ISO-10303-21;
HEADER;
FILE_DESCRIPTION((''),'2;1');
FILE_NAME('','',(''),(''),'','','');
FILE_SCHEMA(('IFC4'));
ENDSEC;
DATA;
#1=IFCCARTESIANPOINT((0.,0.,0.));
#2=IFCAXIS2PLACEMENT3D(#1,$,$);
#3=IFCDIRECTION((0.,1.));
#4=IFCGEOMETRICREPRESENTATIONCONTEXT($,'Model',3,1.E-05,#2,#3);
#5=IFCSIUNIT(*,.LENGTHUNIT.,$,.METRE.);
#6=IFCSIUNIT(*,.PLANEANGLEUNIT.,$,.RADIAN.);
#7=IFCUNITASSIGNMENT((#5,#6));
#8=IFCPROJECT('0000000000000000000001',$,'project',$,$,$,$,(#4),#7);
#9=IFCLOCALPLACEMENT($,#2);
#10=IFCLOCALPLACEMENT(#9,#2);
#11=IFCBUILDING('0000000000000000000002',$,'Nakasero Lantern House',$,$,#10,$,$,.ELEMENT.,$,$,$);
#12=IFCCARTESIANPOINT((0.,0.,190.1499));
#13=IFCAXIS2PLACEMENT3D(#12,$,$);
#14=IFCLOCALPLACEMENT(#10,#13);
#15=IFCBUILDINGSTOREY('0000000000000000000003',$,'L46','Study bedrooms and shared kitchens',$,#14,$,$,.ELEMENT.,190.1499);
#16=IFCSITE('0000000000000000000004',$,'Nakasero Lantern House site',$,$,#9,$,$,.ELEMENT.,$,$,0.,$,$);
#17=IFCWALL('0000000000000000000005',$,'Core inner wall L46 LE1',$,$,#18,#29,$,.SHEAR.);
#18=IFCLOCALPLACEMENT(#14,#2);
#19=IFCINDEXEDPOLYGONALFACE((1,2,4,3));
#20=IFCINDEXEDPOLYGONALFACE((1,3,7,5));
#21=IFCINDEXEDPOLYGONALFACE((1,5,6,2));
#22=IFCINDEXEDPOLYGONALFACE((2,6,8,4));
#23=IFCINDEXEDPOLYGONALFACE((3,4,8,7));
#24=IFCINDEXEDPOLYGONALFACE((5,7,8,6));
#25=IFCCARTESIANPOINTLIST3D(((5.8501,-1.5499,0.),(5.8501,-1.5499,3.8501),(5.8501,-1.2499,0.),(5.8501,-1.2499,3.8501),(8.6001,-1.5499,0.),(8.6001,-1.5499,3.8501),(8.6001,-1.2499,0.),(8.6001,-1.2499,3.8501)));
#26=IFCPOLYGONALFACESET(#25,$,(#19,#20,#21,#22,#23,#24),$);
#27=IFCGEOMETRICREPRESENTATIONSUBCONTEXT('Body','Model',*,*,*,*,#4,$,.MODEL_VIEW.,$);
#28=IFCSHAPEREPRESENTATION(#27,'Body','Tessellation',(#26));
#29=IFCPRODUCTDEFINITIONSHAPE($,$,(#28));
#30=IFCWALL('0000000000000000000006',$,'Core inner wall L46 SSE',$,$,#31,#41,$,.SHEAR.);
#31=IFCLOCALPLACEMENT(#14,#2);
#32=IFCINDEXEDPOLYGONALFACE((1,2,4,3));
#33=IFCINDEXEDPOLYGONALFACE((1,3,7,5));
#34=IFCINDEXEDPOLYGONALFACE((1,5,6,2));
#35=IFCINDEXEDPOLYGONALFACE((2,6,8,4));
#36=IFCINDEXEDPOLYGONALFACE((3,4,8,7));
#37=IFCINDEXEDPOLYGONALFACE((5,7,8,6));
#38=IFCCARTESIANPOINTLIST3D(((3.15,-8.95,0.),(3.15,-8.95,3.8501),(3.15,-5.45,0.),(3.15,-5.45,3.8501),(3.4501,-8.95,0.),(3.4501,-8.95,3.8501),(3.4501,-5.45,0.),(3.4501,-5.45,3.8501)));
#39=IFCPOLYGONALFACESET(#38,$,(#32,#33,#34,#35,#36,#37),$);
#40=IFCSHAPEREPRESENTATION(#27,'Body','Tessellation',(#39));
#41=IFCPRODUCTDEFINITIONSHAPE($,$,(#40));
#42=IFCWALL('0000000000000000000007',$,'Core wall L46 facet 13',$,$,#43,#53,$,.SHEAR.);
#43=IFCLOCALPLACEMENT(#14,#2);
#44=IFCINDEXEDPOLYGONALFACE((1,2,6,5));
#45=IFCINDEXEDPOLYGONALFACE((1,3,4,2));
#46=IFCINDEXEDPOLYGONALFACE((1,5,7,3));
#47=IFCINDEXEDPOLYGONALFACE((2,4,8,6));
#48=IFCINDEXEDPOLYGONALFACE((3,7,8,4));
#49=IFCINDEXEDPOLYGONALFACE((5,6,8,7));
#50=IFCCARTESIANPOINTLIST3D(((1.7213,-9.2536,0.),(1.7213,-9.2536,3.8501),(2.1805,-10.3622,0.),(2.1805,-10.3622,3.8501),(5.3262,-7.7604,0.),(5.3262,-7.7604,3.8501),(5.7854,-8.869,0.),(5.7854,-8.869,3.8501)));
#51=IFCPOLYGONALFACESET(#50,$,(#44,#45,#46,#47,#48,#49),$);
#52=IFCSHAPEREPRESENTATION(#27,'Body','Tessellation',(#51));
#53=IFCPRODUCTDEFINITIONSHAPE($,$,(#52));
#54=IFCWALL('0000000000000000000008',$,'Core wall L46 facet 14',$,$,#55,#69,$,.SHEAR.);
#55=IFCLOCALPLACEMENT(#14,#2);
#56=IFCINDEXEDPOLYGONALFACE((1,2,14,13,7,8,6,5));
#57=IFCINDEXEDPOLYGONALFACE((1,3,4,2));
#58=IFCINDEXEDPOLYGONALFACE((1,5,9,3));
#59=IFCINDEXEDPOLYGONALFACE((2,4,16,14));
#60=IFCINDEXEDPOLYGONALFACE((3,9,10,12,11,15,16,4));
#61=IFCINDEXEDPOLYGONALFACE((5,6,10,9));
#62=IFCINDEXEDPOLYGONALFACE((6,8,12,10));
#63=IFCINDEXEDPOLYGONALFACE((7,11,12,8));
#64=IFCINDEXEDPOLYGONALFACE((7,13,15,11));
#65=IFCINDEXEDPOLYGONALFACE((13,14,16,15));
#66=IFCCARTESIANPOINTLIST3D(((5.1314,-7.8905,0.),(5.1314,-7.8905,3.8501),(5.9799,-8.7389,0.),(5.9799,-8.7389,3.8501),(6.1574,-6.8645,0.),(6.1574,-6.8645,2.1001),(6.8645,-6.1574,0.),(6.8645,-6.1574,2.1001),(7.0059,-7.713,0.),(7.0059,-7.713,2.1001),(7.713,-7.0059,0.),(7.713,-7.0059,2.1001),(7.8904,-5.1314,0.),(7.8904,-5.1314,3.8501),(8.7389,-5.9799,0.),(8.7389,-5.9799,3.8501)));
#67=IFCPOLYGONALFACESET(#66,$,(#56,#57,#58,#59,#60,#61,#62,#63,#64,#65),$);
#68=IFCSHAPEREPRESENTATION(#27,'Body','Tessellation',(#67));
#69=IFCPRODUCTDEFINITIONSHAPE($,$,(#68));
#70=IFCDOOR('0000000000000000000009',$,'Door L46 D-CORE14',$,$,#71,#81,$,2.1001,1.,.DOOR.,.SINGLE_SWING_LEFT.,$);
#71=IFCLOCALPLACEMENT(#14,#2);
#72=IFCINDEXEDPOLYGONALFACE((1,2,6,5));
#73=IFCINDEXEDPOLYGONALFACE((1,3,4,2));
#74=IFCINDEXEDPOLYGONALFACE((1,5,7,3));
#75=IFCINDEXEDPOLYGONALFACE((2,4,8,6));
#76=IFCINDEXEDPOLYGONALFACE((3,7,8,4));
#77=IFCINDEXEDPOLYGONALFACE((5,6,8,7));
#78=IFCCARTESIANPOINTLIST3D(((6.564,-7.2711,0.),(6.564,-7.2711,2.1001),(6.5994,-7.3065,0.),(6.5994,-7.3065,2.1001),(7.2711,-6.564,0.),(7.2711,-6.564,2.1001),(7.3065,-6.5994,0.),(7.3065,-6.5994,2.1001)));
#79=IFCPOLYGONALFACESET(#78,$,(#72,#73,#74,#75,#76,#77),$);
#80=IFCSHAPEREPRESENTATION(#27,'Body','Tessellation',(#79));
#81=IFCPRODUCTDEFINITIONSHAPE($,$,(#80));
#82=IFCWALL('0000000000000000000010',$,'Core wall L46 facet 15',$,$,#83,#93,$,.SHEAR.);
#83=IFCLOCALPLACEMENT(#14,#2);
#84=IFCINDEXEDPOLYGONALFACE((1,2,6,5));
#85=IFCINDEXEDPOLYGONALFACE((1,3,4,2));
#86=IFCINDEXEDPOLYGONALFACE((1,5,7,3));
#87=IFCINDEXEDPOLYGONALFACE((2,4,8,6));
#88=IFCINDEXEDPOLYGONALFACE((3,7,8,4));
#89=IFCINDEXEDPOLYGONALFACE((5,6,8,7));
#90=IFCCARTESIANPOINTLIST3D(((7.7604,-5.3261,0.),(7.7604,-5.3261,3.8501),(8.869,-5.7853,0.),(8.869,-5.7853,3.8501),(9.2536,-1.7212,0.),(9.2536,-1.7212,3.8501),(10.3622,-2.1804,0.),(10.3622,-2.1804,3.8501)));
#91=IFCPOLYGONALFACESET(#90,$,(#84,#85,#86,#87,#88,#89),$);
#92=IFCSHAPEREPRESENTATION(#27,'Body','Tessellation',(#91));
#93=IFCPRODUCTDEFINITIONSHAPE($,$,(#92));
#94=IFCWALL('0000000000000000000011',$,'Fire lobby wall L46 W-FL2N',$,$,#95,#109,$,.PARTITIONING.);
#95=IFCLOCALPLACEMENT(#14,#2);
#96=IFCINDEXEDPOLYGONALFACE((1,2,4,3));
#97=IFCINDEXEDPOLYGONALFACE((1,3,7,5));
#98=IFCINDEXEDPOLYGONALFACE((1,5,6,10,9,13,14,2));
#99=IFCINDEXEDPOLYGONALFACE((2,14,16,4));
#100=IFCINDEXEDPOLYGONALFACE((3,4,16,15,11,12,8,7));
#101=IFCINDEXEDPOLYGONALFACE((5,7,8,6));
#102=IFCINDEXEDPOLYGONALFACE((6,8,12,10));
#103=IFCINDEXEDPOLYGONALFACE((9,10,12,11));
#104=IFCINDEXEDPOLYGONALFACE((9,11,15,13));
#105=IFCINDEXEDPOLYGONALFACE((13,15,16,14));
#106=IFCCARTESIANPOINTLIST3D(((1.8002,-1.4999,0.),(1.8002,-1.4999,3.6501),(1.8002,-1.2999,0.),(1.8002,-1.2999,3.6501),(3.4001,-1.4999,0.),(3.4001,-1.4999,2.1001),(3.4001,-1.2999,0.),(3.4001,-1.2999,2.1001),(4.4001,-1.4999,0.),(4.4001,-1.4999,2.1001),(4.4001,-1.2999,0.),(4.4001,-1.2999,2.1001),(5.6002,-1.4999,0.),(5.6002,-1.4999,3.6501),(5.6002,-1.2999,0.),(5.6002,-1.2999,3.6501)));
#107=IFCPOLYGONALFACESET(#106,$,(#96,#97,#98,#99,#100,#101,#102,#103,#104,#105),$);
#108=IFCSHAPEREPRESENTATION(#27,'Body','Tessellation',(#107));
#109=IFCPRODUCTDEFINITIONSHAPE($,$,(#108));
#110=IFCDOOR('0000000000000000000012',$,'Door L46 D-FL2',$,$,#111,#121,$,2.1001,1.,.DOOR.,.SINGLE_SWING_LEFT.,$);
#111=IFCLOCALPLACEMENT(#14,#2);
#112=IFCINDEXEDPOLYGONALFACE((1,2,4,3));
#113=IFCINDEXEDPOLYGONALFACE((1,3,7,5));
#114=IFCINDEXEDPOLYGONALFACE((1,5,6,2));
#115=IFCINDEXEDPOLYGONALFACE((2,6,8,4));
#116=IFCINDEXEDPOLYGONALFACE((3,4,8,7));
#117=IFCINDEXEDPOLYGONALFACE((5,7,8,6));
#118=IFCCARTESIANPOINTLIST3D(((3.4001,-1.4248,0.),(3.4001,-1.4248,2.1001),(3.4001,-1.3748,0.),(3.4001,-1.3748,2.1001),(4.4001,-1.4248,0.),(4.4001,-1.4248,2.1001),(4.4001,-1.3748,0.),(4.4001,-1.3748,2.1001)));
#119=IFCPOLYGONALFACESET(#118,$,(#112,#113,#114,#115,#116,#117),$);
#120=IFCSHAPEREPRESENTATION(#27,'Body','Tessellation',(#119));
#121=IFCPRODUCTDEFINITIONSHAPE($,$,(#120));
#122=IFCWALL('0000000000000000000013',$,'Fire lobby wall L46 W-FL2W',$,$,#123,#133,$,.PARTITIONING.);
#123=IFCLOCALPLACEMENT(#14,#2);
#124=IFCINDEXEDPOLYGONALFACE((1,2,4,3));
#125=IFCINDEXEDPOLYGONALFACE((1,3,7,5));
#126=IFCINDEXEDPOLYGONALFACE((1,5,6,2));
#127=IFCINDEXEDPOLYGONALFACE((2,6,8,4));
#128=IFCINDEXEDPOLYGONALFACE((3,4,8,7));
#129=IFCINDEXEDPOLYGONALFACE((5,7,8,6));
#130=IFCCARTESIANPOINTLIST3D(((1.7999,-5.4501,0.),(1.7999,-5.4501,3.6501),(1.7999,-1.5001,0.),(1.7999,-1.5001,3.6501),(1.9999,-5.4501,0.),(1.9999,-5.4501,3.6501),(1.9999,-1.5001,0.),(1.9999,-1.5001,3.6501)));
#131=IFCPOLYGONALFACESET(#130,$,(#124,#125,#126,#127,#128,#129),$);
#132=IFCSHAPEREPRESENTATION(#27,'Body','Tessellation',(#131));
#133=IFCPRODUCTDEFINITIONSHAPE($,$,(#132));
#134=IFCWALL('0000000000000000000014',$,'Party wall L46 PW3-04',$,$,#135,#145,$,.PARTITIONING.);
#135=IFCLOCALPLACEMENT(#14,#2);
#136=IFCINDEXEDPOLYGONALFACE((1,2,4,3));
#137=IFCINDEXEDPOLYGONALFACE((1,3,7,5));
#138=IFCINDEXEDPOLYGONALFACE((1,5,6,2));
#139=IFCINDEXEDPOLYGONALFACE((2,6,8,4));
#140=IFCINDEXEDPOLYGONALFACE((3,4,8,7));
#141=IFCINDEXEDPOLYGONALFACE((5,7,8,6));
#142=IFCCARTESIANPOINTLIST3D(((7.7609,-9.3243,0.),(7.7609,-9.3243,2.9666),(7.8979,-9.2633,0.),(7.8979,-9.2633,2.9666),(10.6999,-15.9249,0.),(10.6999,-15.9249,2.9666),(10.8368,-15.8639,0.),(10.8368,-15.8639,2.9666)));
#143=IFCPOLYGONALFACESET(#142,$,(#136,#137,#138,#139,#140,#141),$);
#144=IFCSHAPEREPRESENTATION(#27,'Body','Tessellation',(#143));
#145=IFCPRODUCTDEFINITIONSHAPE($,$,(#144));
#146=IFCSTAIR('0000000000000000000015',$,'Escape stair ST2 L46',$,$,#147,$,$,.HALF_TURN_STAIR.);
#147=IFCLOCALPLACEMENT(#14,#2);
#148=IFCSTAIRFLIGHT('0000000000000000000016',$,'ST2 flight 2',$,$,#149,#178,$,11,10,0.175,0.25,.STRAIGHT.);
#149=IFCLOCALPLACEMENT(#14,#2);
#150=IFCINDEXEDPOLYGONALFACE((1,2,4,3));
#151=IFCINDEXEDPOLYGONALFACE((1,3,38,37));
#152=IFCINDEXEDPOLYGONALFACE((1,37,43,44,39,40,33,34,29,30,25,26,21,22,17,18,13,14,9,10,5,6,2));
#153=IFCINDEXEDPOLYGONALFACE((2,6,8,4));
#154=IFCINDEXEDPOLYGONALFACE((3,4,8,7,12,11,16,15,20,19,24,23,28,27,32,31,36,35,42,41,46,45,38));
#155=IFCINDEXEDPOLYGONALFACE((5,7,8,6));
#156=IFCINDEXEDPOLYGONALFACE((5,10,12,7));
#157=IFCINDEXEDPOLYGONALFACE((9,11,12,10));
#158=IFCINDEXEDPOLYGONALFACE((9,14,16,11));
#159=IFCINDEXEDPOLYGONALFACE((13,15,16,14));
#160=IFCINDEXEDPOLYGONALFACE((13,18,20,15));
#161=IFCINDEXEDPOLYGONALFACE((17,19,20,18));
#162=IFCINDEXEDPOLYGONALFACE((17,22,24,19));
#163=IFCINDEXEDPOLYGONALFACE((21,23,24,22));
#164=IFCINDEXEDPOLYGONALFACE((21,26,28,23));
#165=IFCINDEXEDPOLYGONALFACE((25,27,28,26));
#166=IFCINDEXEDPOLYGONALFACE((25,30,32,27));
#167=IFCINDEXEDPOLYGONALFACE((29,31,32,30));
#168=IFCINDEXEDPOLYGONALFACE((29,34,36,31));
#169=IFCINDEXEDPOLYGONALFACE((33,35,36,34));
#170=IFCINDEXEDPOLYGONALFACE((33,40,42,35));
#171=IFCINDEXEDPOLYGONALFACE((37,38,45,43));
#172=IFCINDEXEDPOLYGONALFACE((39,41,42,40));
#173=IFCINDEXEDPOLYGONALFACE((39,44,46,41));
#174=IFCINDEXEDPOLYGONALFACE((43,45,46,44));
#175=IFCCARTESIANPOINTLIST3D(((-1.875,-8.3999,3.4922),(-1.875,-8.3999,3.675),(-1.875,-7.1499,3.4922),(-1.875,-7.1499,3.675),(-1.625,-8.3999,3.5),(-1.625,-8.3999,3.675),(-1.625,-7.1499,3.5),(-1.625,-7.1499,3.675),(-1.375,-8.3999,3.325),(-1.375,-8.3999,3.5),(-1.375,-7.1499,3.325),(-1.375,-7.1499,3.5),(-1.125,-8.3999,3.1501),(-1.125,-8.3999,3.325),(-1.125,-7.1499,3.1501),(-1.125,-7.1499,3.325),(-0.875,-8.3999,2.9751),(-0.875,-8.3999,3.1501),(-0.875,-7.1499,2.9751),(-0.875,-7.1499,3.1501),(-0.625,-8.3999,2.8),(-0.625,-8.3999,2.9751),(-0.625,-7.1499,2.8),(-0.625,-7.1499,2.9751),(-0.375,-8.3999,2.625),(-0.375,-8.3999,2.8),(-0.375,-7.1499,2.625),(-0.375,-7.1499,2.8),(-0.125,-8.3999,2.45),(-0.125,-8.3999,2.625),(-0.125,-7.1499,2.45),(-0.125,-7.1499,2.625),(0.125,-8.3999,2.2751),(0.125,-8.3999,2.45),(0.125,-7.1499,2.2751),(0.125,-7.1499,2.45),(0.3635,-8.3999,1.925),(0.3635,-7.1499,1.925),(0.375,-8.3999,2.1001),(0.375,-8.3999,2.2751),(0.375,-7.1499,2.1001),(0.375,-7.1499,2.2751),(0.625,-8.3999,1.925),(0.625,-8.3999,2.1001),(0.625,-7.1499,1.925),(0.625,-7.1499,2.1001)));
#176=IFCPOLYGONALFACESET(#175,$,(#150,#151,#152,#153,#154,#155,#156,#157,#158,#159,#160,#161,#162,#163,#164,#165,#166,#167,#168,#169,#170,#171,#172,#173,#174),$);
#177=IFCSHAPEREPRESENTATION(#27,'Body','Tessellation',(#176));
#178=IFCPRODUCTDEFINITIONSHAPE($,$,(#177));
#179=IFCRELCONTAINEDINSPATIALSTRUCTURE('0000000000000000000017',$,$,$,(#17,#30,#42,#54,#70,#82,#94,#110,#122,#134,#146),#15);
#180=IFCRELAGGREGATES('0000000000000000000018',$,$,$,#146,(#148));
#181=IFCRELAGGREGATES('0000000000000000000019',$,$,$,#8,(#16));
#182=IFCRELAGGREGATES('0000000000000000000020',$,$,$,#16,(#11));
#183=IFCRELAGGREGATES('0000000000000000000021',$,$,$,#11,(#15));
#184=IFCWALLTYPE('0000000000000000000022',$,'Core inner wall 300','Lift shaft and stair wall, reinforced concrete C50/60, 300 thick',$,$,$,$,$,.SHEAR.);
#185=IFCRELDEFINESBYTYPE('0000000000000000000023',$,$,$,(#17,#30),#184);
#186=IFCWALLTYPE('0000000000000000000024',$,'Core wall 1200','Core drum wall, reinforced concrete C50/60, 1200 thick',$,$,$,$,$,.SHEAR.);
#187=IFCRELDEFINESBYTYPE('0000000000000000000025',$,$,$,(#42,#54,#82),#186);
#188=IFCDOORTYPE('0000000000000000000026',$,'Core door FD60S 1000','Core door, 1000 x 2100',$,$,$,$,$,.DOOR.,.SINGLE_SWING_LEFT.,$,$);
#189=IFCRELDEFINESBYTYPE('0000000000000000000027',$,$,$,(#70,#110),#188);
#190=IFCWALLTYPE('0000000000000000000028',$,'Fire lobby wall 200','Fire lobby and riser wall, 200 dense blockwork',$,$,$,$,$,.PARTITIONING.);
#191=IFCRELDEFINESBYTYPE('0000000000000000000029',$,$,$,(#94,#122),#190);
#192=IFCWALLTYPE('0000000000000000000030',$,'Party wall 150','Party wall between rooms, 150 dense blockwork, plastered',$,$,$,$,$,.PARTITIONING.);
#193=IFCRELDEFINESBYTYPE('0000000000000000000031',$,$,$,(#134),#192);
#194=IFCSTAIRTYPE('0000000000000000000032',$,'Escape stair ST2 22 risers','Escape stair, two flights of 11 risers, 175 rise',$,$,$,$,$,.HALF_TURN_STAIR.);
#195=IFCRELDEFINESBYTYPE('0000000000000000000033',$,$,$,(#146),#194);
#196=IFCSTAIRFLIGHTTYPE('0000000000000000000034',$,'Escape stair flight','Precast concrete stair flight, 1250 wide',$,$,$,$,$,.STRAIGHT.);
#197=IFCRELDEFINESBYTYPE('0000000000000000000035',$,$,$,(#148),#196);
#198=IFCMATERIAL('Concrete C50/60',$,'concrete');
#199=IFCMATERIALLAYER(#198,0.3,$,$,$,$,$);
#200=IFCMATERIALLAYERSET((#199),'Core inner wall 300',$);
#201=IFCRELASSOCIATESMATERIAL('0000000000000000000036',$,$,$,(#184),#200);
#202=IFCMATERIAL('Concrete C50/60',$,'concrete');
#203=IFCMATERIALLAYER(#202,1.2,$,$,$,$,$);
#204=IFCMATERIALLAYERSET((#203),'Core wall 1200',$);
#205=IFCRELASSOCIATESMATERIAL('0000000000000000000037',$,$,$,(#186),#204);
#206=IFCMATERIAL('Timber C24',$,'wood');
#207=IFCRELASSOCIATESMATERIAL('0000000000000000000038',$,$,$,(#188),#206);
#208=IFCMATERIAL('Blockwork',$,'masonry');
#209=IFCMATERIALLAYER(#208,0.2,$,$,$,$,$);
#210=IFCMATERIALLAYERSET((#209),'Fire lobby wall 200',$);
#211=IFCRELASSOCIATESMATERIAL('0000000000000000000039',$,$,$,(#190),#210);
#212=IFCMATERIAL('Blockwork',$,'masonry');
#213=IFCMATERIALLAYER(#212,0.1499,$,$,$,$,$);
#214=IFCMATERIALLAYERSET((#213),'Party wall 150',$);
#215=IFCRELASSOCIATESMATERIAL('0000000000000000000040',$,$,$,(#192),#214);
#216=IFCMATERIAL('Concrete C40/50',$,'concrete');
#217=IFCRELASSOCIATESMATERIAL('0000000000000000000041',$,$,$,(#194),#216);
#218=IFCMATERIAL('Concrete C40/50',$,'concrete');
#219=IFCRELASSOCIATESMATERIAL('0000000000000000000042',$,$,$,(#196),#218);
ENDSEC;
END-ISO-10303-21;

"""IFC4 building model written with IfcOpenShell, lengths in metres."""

from ifc_helpers import new_model, si_unit, direction, frame, frame_2d, origin, place, context, subcontext, project, spatial, polyline, rectangle, outline, extrude, material, layer, layer_set, type_object, element, fill, aggregate, save


model = new_model("IFC4")

# Units and contexts
model_context = context("Model", 3, precision=1e-05, world=origin(), true_north=direction((0.0, 1.0)))
body_context = subcontext(model_context, "Body", "Model", "MODEL_VIEW")
ifc_project = project(units=[si_unit("LENGTHUNIT", "METRE"), si_unit("PLANEANGLEUNIT", "RADIAN")], contexts=[model_context])

# Site, building, storey
site_placement = place(None, origin())
site = spatial("IfcSite", under=ifc_project, at=site_placement, Name="Nakasero Lantern House site", CompositionType="ELEMENT", RefElevation=0.0)
building_placement = place(site_placement, origin())
building = spatial("IfcBuilding", under=site, at=building_placement, Name="Nakasero Lantern House", CompositionType="ELEMENT")
storey_placement = place(building_placement, frame((0.0, 0.0, 190.1499)))
storey = spatial("IfcBuildingStorey", under=building, at=storey_placement, Name="L46", Description="Study bedrooms and shared kitchens", CompositionType="ELEMENT", Elevation=190.1499)

# Shared definitions
ifc_material_1 = material(Name="Concrete C50/60", Category="concrete")
ifc_layer_1 = layer(ifc_material_1, 0.3)
ifc_layer_set_1 = layer_set([ifc_layer_1], Name="Core inner wall 300")
wall_type_1 = type_object("IfcWallType", Name="Core inner wall 300", Description="Lift shaft and stair wall, reinforced concrete C50/60, 300 thick", PredefinedType="SHEAR", material=ifc_layer_set_1)

# Walls
wall_1_placement = place(storey_placement, frame((5.8501, -1.3999, 0.0), z_axis=(0.0, 0.0, 1.0), x_axis=(1.0, 0.0, 0.0)))
element("IfcWall", 1, at=wall_1_placement, inside=storey, type_object=wall_type_1, Name="Core inner wall L46 LE1", PredefinedType="SHEAR", context=body_context, shape_type="SweptSolid", body=[
    extrude(rectangle(XDim=2.75, YDim=0.3, at=frame_2d((1.375, 0.0))), origin(), (0.0, 0.0, 1.0), 3.8501),
])
wall_2_placement = place(storey_placement, frame((3.3, -5.45, 0.0), z_axis=(0.0, 0.0, 1.0), x_axis=(0.0, -1.0, 0.0)))
element("IfcWall", 2, at=wall_2_placement, inside=storey, type_object=wall_type_1, Name="Core inner wall L46 SSE", PredefinedType="SHEAR", context=body_context, shape_type="SweptSolid", body=[
    extrude(rectangle(XDim=3.5, YDim=0.3, at=frame_2d((1.75, 0.0))), origin(), (0.0, 0.0, 1.0), 3.8501),
])
ifc_material_2 = material(Name="Concrete C50/60", Category="concrete")
ifc_layer_2 = layer(ifc_material_2, 1.2)
ifc_layer_set_2 = layer_set([ifc_layer_2], Name="Core wall 1200")
wall_type_2 = type_object("IfcWallType", Name="Core wall 1200", Description="Core drum wall, reinforced concrete C50/60, 1200 thick", PredefinedType="SHEAR", material=ifc_layer_set_2)
wall_3_placement = place(storey_placement, frame((1.9509, -9.8079, 0.0), z_axis=(0.0, 0.0, 1.0), x_axis=(0.923877, 0.382691, 0.0)))
element("IfcWall", 3, at=wall_3_placement, inside=storey, type_object=wall_type_2, Name="Core wall L46 facet 13", PredefinedType="SHEAR", context=body_context, shape_type="SweptSolid", body=[
    extrude(rectangle(XDim=3.9019, YDim=1.2, at=frame_2d((1.9509, 0.0))), origin(), (0.0, 0.0, 1.0), 3.8501),
])

# Wall, opening, door
wall_4_placement = place(storey_placement, frame((5.5557, -8.3147, 0.0), z_axis=(0.0, 0.0, 1.0), x_axis=(0.707107, 0.707107, 0.0)))
wall_4 = element("IfcWall", 4, at=wall_4_placement, inside=storey, type_object=wall_type_2, Name="Core wall L46 facet 14", PredefinedType="SHEAR", context=body_context, shape_type="SweptSolid", body=[
    extrude(rectangle(XDim=3.9019, YDim=1.2, at=frame_2d((1.9509, 0.0))), origin(), (0.0, 0.0, 1.0), 3.8501),
])
opening_1_placement = place(wall_4_placement, frame((1.4509, 0.0, 0.0)))
opening_1 = element("IfcOpeningElement", 5, at=opening_1_placement, cuts=wall_4, PredefinedType="OPENING", context=body_context, shape_type="SweptSolid", body=[
    extrude(rectangle(XDim=1.0, YDim=2.1001, at=frame_2d((0.5, 1.05))), frame((0.0, 0.6199, 0.0), z_axis=(0.0, -1.0, 0.0), x_axis=(1.0, 0.0, 0.0)), (0.0, 0.0, 1.0), 1.24),
])
ifc_material_3 = material(Name="Timber C24", Category="wood")
door_type_1 = type_object("IfcDoorType", Name="Core door FD60S 1000", Description="Core door, 1000 x 2100", OperationType="SINGLE_SWING_LEFT", PredefinedType="DOOR", material=ifc_material_3)
door_1_placement = place(opening_1_placement, origin())
door_1 = element("IfcDoor", 6, at=door_1_placement, inside=storey, type_object=door_type_1, Name="Door L46 D-CORE14", OperationType="SINGLE_SWING_LEFT", OverallHeight=2.1001, OverallWidth=1.0, PredefinedType="DOOR", context=body_context, shape_type="SweptSolid", body=[
    extrude(rectangle(XDim=1.0, YDim=2.1001, at=frame_2d((0.5, 1.05))), frame((0.0, 0.0249, 0.0), z_axis=(0.0, -1.0, 0.0), x_axis=(1.0, 0.0, 0.0)), (0.0, 0.0, 1.0), 0.05),
])
fill(opening_1, door_1)

# Wall
wall_5_placement = place(storey_placement, frame((8.3147, -5.5557, 0.0), z_axis=(0.0, 0.0, 1.0), x_axis=(0.382691, 0.923877, 0.0)))
element("IfcWall", 7, at=wall_5_placement, inside=storey, type_object=wall_type_2, Name="Core wall L46 facet 15", PredefinedType="SHEAR", context=body_context, shape_type="SweptSolid", body=[
    extrude(rectangle(XDim=3.9019, YDim=1.2, at=frame_2d((1.9509, 0.0))), origin(), (0.0, 0.0, 1.0), 3.8501),
])

# Wall, opening, door
ifc_material_4 = material(Name="Blockwork", Category="masonry")
ifc_layer_3 = layer(ifc_material_4, 0.2)
ifc_layer_set_3 = layer_set([ifc_layer_3], Name="Fire lobby wall 200")
wall_type_3 = type_object("IfcWallType", Name="Fire lobby wall 200", Description="Fire lobby and riser wall, 200 dense blockwork", PredefinedType="PARTITIONING", material=ifc_layer_set_3)
wall_6_placement = place(storey_placement, frame((5.6001, -1.3999, 0.0), z_axis=(0.0, 0.0, 1.0), x_axis=(-1.0, 0.0, 0.0)))
wall_6 = element("IfcWall", 8, at=wall_6_placement, inside=storey, type_object=wall_type_3, Name="Fire lobby wall L46 W-FL2N", PredefinedType="PARTITIONING", context=body_context, shape_type="SweptSolid", body=[
    extrude(rectangle(XDim=3.8, YDim=0.2, at=frame_2d((1.8999, 0.0))), origin(), (0.0, 0.0, 1.0), 3.6501),
])
opening_2_placement = place(wall_6_placement, frame((1.2, 0.0, 0.0)))
opening_2 = element("IfcOpeningElement", 9, at=opening_2_placement, cuts=wall_6, PredefinedType="OPENING", context=body_context, shape_type="SweptSolid", body=[
    extrude(rectangle(XDim=1.0, YDim=2.1001, at=frame_2d((0.5, 1.05))), frame((0.0, 0.1199, 0.0), z_axis=(0.0, -1.0, 0.0), x_axis=(1.0, 0.0, 0.0)), (0.0, 0.0, 1.0), 0.24),
])
door_2_placement = place(opening_2_placement, origin())
door_2 = element("IfcDoor", 10, at=door_2_placement, inside=storey, type_object=door_type_1, Name="Door L46 D-FL2", OperationType="SINGLE_SWING_LEFT", OverallHeight=2.1001, OverallWidth=1.0, PredefinedType="DOOR", context=body_context, shape_type="SweptSolid", body=[
    extrude(rectangle(XDim=1.0, YDim=2.1001, at=frame_2d((0.5, 1.05))), frame((0.0, 0.0249, 0.0), z_axis=(0.0, -1.0, 0.0), x_axis=(1.0, 0.0, 0.0)), (0.0, 0.0, 1.0), 0.05),
])
fill(opening_2, door_2)

# Walls
wall_7_placement = place(storey_placement, frame((1.8999, -1.5, 0.0), z_axis=(0.0, 0.0, 1.0), x_axis=(0.0, -1.0, 0.0)))
element("IfcWall", 11, at=wall_7_placement, inside=storey, type_object=wall_type_3, Name="Fire lobby wall L46 W-FL2W", PredefinedType="PARTITIONING", context=body_context, shape_type="SweptSolid", body=[
    extrude(rectangle(XDim=3.95, YDim=0.2, at=frame_2d((1.9751, 0.0))), origin(), (0.0, 0.0, 1.0), 3.6501),
])
ifc_material_5 = material(Name="Blockwork", Category="masonry")
ifc_layer_4 = layer(ifc_material_5, 0.1499)
ifc_layer_set_4 = layer_set([ifc_layer_4], Name="Party wall 150")
wall_type_4 = type_object("IfcWallType", Name="Party wall 150", Description="Party wall between rooms, 150 dense blockwork, plastered", PredefinedType="PARTITIONING", material=ifc_layer_set_4)
wall_8_placement = place(storey_placement, frame((7.8293, -9.2937, 0.0), z_axis=(0.0, 0.0, 1.0), x_axis=(0.406759, -0.913535, 0.0)))
element("IfcWall", 12, at=wall_8_placement, inside=storey, type_object=wall_type_4, Name="Party wall L46 PW3-04", PredefinedType="PARTITIONING", context=body_context, shape_type="SweptSolid", body=[
    extrude(rectangle(XDim=7.2253, YDim=0.1499, at=frame_2d((3.6128, 0.0))), origin(), (0.0, 0.0, 1.0), 2.9666),
])

# Stair, stair flight
ifc_material_6 = material(Name="Concrete C40/50", Category="concrete")
stair_type_1 = type_object("IfcStairType", Name="Escape stair ST2 22 risers", Description="Escape stair, two flights of 11 risers, 175 rise", PredefinedType="HALF_TURN_STAIR", material=ifc_material_6)
stair_1_placement = place(storey_placement, origin())
stair_1 = element("IfcStair", 13, at=stair_1_placement, inside=storey, type_object=stair_type_1, Name="Escape stair ST2 L46", PredefinedType="HALF_TURN_STAIR")
ifc_material_7 = material(Name="Concrete C40/50", Category="concrete")
stair_flight_type = type_object("IfcStairFlightType", Name="Escape stair flight", Description="Precast concrete stair flight, 1250 wide", PredefinedType="STRAIGHT", material=ifc_material_7)
stair_flight_placement = place(storey_placement, frame((0.625, -7.7749, 1.925), z_axis=(0.0, 0.0, 1.0), x_axis=(-1.0, 0.0, 0.0)))
stair_flight = element("IfcStairFlight", 14, at=stair_flight_placement, type_object=stair_flight_type, Name="ST2 flight 2", NumberOfRisers=11, NumberOfTreads=10, PredefinedType="STRAIGHT", RiserHeight=0.175, TreadLength=0.25, context=body_context, shape_type="SweptSolid", body=[
    extrude(outline(polyline([(0.0, 0.0), (0.0, 0.175), (0.25, 0.175), (0.25, 0.3501), (0.5, 0.3501), (0.5, 0.5249), (0.75, 0.5249), (0.75, 0.7), (1.0, 0.7), (1.0, 0.875), (1.25, 0.875), (1.25, 1.05), (1.5, 1.05), (1.5, 1.2251), (1.75, 1.2251), (1.75, 1.3999), (2.0, 1.3999), (2.0, 1.575), (2.25, 1.575), (2.25, 1.75), (2.5, 1.75), (2.5, 1.925), (2.5, 1.5671), (0.2615, 0.0), (0.0, 0.0)])), frame((0.0, 0.625, 0.0), z_axis=(0.0, -1.0, 0.0), x_axis=(1.0, 0.0, 0.0)), (0.0, 0.0, 1.0), 1.25),
])
aggregate(stair_1, [stair_flight])

save(model, "model.ifc")
